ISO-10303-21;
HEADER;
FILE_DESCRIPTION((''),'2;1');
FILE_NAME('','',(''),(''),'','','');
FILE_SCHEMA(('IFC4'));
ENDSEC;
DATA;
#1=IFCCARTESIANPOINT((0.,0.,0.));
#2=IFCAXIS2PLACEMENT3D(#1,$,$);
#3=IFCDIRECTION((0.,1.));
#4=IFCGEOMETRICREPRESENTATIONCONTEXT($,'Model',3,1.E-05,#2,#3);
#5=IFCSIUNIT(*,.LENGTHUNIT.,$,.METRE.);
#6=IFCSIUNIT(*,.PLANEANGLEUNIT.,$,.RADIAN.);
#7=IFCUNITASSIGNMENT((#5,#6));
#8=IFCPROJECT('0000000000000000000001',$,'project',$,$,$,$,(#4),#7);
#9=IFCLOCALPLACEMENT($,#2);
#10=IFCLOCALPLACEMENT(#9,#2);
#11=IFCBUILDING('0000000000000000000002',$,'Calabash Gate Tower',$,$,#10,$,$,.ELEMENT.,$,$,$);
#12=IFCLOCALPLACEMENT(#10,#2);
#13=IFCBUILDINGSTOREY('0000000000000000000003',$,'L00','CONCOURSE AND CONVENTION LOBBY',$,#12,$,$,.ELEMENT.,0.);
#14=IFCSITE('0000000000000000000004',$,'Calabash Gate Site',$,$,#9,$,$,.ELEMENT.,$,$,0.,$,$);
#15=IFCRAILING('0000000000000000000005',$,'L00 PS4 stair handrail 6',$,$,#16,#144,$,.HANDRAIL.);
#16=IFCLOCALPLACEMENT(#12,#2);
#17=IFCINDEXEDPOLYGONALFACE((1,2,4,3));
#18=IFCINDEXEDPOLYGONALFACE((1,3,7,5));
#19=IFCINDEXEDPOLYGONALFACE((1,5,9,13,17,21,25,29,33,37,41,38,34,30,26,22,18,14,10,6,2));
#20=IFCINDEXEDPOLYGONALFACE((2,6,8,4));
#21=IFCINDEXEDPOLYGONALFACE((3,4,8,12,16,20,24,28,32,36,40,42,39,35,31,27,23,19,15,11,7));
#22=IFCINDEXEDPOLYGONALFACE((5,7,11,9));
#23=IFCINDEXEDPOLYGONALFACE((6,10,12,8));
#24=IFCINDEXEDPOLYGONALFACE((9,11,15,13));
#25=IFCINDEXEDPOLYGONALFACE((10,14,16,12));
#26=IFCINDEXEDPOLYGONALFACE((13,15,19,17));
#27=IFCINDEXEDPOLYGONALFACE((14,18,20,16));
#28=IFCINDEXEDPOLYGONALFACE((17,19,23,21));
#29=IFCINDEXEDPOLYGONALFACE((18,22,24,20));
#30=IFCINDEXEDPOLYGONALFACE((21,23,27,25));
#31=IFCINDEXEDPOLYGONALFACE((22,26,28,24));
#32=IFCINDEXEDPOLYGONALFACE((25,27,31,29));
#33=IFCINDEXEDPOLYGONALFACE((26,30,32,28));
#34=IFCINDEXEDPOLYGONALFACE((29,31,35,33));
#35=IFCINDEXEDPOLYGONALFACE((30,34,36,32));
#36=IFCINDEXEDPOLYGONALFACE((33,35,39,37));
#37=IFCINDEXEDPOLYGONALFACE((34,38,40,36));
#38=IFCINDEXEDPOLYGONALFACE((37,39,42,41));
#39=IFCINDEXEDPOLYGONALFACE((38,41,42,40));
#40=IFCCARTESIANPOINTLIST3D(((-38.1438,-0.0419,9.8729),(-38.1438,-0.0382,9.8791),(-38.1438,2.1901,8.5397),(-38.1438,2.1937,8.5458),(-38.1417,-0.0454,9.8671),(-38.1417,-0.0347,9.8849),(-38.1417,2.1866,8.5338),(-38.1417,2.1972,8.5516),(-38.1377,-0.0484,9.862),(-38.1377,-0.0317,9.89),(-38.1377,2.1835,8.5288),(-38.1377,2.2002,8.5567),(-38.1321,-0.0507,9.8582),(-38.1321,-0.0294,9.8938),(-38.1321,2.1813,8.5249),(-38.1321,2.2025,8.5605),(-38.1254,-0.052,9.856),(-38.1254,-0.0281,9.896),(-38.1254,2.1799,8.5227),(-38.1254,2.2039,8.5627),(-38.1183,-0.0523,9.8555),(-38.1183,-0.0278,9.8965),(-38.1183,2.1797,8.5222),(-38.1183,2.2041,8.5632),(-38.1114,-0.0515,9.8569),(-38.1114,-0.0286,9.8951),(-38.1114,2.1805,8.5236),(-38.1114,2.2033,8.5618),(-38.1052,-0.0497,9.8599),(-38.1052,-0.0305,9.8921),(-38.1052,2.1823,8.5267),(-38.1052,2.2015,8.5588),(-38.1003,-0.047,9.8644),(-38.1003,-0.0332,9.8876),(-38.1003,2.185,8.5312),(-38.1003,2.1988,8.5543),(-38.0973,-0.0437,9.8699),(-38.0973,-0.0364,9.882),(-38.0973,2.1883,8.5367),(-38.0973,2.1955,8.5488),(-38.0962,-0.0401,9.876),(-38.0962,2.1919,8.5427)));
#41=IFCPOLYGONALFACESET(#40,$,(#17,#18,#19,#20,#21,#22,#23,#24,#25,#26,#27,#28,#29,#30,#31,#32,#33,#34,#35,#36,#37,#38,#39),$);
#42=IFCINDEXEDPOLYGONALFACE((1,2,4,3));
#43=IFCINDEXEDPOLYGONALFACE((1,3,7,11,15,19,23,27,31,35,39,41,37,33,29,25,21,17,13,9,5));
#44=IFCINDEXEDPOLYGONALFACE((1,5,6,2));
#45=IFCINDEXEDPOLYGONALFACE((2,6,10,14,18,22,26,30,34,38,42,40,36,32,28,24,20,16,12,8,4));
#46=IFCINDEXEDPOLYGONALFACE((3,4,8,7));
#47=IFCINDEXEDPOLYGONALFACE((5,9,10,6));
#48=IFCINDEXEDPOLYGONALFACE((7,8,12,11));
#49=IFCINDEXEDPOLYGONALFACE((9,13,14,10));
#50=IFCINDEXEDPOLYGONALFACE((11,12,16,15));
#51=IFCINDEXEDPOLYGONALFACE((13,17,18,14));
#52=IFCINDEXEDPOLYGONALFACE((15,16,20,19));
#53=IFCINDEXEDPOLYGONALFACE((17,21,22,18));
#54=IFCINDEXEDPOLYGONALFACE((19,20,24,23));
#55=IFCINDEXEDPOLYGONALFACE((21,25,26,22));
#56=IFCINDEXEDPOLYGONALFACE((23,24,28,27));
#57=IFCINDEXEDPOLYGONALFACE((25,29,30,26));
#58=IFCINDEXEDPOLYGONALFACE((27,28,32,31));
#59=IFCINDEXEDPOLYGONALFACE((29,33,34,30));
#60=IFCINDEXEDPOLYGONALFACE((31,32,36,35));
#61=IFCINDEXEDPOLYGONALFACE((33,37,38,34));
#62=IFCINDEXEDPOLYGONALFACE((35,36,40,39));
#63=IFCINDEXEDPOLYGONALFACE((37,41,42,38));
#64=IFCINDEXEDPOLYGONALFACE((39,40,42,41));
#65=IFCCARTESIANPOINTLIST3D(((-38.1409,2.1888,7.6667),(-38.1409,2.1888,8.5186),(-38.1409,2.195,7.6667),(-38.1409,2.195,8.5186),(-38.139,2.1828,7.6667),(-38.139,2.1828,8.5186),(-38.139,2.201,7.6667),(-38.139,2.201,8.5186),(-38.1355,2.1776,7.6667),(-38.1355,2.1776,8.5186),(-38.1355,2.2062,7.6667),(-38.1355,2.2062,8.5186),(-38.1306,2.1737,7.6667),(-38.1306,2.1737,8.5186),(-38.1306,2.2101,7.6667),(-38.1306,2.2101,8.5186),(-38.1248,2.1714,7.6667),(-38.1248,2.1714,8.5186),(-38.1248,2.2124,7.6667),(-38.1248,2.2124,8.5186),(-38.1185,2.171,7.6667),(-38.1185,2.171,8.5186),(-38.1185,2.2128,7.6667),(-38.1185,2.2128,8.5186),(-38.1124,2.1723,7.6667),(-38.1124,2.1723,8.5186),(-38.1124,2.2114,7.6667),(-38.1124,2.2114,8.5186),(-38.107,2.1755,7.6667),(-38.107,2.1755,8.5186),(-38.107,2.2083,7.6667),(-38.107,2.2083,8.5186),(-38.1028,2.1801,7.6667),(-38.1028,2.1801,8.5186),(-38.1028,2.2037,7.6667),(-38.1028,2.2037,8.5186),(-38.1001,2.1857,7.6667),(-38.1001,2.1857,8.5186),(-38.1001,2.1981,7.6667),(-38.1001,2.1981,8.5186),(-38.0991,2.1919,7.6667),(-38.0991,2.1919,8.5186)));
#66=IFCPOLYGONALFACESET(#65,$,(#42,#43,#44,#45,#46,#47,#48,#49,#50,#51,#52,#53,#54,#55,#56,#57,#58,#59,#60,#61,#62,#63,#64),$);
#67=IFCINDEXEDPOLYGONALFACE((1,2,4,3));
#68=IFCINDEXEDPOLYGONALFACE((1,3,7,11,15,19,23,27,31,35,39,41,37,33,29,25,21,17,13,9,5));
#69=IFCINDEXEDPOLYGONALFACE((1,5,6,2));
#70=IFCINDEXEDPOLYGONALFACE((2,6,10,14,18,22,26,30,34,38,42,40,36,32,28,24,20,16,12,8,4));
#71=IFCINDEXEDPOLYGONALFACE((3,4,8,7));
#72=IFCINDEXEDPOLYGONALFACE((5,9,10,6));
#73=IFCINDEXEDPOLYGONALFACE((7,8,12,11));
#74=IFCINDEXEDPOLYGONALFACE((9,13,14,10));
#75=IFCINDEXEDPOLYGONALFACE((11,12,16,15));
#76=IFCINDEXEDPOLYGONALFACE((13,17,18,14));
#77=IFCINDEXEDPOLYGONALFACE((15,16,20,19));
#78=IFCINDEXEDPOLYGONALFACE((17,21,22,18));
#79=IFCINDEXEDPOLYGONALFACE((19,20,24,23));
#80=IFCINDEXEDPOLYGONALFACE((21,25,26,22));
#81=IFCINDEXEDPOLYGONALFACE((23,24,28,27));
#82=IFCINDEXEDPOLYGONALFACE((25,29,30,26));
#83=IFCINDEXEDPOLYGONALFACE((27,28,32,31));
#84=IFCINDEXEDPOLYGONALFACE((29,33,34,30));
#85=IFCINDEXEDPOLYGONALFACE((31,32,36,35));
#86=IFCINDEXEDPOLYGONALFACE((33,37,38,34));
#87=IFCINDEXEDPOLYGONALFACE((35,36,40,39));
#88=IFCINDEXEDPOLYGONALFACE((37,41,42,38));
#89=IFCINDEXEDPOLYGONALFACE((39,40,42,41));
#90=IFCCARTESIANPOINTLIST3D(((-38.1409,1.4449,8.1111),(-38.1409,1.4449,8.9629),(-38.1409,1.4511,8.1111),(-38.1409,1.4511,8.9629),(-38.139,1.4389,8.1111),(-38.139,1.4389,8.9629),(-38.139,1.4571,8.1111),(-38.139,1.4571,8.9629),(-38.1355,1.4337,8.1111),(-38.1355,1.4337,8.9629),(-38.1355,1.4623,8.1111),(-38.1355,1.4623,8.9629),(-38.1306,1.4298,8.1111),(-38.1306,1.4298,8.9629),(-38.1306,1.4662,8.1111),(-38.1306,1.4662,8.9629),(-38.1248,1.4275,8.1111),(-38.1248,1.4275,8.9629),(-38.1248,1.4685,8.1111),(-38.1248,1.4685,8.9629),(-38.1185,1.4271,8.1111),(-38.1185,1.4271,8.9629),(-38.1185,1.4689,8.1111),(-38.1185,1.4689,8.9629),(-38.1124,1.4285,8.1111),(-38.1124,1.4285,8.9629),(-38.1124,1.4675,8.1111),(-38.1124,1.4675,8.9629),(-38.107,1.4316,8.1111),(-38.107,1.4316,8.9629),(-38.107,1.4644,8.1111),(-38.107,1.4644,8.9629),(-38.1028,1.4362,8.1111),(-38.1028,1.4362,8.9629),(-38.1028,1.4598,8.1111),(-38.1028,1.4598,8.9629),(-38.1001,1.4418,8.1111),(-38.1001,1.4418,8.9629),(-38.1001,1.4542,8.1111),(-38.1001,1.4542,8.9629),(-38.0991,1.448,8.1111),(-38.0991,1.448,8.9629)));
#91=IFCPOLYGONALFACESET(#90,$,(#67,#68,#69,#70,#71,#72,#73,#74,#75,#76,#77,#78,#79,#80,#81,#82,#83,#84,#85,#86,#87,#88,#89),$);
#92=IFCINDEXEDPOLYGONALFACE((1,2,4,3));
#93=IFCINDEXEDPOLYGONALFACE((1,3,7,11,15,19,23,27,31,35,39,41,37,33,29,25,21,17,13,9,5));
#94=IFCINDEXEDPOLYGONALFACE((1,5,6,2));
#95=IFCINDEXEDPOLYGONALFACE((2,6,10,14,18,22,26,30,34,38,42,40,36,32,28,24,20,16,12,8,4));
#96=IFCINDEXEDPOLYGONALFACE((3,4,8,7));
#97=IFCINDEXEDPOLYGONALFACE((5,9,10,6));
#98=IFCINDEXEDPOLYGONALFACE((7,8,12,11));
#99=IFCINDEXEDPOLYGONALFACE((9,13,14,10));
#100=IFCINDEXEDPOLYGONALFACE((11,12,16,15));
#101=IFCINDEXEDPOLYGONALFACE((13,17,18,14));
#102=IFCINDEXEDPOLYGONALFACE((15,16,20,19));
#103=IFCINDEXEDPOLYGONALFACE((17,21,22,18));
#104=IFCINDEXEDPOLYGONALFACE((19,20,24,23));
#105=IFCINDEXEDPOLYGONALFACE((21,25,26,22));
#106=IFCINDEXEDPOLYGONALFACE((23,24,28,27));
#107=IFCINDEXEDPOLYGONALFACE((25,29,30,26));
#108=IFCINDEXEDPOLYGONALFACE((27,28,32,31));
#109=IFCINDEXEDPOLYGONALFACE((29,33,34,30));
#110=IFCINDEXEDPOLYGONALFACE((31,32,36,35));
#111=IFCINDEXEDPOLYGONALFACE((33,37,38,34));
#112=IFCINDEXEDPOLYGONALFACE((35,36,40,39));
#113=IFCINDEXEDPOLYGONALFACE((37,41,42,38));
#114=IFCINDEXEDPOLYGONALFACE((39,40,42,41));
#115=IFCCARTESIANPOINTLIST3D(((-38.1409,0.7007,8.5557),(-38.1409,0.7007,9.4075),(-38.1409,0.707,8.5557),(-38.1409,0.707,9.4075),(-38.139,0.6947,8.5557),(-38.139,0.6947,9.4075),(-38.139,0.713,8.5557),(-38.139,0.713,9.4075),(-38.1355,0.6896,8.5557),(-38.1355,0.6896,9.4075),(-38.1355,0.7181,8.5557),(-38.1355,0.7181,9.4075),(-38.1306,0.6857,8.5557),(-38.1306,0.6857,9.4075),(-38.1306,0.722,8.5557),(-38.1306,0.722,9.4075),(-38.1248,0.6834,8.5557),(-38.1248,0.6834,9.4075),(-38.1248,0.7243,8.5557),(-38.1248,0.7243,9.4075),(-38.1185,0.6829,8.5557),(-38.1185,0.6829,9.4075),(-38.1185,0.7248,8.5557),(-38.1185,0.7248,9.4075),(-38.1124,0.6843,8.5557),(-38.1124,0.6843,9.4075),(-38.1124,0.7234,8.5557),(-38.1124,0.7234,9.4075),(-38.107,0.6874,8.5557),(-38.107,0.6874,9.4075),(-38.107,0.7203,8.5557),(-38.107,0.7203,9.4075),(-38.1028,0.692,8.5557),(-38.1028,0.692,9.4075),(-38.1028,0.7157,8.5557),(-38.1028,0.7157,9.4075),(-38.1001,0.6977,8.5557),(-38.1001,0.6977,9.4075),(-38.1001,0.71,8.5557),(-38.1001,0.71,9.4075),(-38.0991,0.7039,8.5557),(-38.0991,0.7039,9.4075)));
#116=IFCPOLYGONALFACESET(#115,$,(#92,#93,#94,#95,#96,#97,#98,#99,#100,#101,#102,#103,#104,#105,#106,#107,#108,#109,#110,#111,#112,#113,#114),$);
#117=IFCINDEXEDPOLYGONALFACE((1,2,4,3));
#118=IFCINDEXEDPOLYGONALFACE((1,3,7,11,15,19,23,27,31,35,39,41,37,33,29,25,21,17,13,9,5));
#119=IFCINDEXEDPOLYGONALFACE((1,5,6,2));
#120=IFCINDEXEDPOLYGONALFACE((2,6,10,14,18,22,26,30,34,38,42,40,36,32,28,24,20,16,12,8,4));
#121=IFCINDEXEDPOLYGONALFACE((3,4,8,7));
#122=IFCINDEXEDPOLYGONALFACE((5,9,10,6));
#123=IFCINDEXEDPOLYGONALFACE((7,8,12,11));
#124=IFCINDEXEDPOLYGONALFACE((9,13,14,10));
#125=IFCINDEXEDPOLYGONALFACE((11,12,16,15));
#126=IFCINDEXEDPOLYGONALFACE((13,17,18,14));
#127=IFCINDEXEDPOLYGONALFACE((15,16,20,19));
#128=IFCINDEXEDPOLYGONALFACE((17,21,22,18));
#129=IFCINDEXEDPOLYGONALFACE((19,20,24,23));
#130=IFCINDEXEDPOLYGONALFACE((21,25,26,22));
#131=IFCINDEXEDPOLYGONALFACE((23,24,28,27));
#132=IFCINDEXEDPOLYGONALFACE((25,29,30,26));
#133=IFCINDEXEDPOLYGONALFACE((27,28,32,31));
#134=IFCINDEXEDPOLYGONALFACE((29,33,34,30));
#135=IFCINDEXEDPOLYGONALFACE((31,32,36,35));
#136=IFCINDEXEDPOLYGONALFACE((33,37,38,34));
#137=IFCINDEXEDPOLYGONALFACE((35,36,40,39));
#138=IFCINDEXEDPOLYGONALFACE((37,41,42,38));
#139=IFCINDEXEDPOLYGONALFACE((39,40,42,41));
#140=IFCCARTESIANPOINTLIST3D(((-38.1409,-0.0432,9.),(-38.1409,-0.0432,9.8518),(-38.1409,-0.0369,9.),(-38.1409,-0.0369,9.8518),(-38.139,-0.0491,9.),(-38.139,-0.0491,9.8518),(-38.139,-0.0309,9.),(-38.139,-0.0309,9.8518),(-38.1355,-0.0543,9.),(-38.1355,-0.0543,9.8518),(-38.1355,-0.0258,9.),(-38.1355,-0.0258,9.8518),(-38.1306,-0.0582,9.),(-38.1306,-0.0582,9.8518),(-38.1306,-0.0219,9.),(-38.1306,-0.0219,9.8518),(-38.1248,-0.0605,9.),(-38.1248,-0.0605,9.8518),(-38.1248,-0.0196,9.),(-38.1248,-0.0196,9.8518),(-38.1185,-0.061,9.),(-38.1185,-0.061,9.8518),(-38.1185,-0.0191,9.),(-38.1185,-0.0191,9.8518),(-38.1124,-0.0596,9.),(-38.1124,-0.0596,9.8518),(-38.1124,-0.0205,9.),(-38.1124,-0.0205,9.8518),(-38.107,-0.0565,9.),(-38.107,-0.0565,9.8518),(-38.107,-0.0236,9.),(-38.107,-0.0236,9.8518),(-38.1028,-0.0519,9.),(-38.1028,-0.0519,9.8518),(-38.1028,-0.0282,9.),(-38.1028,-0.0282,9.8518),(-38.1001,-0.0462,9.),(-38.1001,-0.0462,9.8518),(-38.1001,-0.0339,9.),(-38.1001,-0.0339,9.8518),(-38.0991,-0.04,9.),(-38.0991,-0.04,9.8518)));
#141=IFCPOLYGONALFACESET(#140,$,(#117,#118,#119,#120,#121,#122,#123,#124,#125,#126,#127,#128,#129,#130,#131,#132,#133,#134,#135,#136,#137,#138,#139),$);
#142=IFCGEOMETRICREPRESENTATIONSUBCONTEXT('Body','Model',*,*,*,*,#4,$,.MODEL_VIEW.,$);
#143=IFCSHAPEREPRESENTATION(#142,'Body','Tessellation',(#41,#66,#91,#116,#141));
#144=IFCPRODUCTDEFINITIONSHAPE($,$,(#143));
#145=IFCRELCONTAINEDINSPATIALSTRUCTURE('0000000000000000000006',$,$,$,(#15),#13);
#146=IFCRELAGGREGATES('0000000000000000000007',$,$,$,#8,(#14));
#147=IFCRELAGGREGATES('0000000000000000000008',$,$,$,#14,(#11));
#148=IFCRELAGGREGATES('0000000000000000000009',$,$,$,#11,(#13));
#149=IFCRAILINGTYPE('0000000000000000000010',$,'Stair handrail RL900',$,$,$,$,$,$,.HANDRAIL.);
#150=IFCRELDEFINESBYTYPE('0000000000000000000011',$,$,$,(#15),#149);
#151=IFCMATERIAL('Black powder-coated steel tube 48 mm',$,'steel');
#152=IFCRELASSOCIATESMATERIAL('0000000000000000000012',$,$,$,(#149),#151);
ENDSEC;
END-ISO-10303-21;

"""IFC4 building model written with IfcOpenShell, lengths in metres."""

from ifc_helpers import new_model, si_unit, direction, frame, origin, origin_2d, place, context, subcontext, project, spatial, circle, extrude, material, type_object, element, save


model = new_model("IFC4")

# Units and contexts
model_context = context("Model", 3, precision=1e-05, world=origin(), true_north=direction((0.0, 1.0)))
body_context = subcontext(model_context, "Body", "Model", "MODEL_VIEW")
ifc_project = project(units=[si_unit("LENGTHUNIT", "METRE"), si_unit("PLANEANGLEUNIT", "RADIAN")], contexts=[model_context])

# Site, building, storey
site_placement = place(None, origin())
site = spatial("IfcSite", under=ifc_project, at=site_placement, Name="Calabash Gate Site", CompositionType="ELEMENT", RefElevation=0.0)
building_placement = place(site_placement, origin())
building = spatial("IfcBuilding", under=site, at=building_placement, Name="Calabash Gate Tower", CompositionType="ELEMENT")
storey_placement = place(building_placement, origin())
storey = spatial("IfcBuildingStorey", under=building, at=storey_placement, Name="L00", Description="CONCOURSE AND CONVENTION LOBBY", CompositionType="ELEMENT", Elevation=0.0)

# Railing
ifc_material_1 = material(Name="Black powder-coated steel tube 48 mm", Category="steel")
railing_type_1 = type_object("IfcRailingType", Name="Stair handrail RL900", PredefinedType="HANDRAIL", material=ifc_material_1)
for number, where, name in (
    (1, (-38.1201, 2.1919, 7.6667), "L00 PS4 stair handrail 6"),
):
    element("IfcRailing", number, at=place(storey_placement, frame(where)), inside=storey, type_object=railing_type_1, Name=name, PredefinedType="HANDRAIL", context=body_context, shape_type="SweptSolid", body=[
        extrude(circle(Radius=0.0239, at=origin_2d()), frame((0.0, 0.0, 0.876), z_axis=(0.0, -0.858494, 0.512824), x_axis=(1.0, 0.0, 0.0)), (0.0, 0.0, 1.0), 2.5999),
        extrude(circle(Radius=0.021, at=origin_2d()), origin(), (0.0, 0.0, 1.0), 0.8518),
        extrude(circle(Radius=0.021, at=origin_2d()), frame((0.0, -0.7439, 0.4443)), (0.0, 0.0, 1.0), 0.8518),
        extrude(circle(Radius=0.021, at=origin_2d()), frame((0.0, -1.488, 0.8889)), (0.0, 0.0, 1.0), 0.8518),
        extrude(circle(Radius=0.021, at=origin_2d()), frame((0.0, -2.2319, 1.3333)), (0.0, 0.0, 1.0), 0.8518),
    ])

save(model, "model.ifc")
